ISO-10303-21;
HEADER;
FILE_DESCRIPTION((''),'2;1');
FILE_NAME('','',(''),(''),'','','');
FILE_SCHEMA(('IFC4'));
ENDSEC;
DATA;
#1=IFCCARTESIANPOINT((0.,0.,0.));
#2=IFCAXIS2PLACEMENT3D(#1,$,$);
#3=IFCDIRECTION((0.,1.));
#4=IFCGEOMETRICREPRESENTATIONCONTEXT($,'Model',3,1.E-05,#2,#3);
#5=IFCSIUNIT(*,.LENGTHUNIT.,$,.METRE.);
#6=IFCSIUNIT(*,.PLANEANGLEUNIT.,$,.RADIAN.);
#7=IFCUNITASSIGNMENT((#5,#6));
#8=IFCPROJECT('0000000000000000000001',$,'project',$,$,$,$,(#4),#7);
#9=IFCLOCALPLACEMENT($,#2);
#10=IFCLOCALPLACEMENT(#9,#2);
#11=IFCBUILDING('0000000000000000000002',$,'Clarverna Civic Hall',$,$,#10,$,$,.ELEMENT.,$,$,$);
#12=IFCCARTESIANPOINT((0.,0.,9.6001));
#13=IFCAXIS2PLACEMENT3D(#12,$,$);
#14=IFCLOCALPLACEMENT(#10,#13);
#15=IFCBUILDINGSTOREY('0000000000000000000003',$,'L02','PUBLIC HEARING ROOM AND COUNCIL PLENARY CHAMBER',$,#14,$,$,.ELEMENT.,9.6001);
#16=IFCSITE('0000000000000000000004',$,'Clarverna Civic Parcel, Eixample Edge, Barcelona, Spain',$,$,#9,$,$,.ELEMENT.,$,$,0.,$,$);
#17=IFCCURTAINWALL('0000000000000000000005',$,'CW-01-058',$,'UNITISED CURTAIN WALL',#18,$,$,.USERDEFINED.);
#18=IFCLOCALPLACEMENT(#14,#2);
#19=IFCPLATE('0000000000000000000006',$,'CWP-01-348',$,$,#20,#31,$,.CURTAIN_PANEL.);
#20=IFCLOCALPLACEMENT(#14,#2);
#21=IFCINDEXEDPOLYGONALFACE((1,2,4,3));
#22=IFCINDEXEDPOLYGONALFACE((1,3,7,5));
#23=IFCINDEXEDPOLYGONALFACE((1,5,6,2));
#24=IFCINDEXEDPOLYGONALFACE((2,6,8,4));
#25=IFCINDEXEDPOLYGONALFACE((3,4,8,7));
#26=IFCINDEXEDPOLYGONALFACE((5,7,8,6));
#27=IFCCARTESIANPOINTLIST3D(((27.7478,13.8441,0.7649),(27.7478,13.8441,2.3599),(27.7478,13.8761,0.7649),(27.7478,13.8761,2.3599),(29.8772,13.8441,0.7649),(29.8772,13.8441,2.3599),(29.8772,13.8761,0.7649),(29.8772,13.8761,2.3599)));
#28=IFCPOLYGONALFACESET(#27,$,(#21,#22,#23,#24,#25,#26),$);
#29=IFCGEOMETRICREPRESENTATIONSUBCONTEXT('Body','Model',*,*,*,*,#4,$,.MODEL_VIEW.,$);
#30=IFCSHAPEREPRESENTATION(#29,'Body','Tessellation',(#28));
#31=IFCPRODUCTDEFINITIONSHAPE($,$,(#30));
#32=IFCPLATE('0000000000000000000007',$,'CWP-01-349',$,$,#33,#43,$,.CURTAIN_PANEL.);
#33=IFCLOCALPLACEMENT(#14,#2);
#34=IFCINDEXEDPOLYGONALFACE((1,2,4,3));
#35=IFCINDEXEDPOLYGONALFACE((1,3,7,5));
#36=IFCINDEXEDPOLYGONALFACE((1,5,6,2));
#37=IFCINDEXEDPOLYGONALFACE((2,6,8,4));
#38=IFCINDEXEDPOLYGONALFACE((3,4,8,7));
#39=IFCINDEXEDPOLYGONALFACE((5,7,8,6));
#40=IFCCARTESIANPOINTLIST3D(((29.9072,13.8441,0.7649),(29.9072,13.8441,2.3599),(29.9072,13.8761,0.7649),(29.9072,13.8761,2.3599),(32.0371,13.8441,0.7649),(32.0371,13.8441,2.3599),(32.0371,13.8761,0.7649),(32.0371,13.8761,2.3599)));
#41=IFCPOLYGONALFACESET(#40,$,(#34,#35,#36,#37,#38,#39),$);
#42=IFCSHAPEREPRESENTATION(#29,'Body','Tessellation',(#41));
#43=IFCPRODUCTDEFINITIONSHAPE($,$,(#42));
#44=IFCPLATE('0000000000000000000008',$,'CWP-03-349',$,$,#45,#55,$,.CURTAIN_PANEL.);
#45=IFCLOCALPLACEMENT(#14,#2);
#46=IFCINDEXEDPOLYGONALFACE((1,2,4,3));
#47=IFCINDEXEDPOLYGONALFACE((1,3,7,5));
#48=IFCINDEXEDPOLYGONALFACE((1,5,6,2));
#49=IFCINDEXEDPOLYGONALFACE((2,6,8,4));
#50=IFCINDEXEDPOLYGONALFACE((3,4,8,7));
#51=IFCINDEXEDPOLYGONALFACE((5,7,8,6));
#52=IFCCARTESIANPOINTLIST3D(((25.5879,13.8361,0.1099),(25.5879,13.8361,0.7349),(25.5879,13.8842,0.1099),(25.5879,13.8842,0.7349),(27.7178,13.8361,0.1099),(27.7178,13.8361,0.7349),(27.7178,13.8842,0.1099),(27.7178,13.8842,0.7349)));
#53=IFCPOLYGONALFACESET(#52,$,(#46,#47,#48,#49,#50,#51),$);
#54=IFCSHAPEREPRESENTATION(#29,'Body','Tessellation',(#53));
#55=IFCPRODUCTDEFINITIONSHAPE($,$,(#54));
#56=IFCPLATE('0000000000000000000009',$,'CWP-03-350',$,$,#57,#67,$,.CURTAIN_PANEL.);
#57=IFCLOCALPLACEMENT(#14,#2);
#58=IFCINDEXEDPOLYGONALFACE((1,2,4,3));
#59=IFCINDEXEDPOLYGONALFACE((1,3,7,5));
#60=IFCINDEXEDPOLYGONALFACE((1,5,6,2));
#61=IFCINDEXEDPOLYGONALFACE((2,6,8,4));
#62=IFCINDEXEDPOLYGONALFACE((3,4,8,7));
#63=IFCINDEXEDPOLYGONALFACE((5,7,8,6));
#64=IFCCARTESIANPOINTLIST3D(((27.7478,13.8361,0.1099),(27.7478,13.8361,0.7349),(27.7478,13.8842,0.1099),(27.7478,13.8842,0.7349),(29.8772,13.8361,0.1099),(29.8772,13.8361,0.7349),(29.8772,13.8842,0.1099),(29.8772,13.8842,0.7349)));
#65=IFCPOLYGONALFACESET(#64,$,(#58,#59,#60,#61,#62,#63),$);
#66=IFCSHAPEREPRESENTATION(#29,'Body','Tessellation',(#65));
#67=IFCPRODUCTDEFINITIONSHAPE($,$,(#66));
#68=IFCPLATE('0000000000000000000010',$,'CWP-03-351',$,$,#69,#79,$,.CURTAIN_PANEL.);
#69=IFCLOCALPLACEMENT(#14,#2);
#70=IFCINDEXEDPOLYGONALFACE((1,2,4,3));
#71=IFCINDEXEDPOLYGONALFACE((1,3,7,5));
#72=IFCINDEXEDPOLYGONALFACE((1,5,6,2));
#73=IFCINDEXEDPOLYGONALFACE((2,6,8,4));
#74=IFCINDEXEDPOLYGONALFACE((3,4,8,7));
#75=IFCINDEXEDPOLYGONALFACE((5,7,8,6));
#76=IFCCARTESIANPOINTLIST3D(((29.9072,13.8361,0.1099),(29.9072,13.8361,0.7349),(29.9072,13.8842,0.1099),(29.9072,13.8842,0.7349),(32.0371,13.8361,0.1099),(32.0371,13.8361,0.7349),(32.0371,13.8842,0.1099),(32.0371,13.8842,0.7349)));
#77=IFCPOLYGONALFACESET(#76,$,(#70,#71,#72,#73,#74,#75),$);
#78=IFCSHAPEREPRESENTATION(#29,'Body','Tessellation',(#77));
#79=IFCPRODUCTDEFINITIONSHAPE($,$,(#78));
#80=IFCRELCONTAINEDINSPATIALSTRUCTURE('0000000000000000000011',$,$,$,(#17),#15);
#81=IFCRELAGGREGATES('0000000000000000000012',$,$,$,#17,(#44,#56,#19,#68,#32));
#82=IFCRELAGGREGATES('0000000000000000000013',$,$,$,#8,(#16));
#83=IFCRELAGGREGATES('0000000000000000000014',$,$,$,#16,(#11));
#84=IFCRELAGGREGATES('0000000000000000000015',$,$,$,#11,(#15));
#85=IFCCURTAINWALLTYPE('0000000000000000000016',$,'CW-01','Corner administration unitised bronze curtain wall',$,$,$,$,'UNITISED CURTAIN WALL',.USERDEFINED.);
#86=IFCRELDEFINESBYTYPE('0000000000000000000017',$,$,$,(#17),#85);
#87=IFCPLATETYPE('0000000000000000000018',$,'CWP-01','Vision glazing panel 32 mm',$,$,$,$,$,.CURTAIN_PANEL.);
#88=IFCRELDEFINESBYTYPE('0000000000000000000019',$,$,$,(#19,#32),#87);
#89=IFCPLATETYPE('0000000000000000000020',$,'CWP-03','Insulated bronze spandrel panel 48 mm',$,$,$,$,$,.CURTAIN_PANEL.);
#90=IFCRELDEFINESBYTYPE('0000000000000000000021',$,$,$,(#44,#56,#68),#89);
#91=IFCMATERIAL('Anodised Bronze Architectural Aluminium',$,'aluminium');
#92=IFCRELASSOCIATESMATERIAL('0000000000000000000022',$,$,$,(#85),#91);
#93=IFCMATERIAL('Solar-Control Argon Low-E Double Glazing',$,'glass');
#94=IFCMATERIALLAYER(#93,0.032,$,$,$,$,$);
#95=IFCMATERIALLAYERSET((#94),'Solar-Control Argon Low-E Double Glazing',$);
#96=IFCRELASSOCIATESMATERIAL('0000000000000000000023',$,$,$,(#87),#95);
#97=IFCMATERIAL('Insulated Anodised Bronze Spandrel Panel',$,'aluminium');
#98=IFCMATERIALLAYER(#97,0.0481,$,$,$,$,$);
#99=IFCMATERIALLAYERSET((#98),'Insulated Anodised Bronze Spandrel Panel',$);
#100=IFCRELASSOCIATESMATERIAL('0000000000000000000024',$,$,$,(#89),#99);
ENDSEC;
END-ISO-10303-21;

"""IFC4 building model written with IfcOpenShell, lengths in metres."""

from ifc_helpers import new_model, si_unit, direction, frame, frame_2d, origin, place, context, subcontext, project, spatial, rectangle, extrude, material, layer, layer_set, type_object, element, aggregate, save


model = new_model("IFC4")

# Units and contexts
model_context = context("Model", 3, precision=1e-05, world=origin(), true_north=direction((0.0, 1.0)))
body_context = subcontext(model_context, "Body", "Model", "MODEL_VIEW")
ifc_project = project(units=[si_unit("LENGTHUNIT", "METRE"), si_unit("PLANEANGLEUNIT", "RADIAN")], contexts=[model_context])

# Site, building, storey
site_placement = place(None, origin())
site = spatial("IfcSite", under=ifc_project, at=site_placement, Name="Clarverna Civic Parcel, Eixample Edge, Barcelona, Spain", CompositionType="ELEMENT", RefElevation=0.0)
building_placement = place(site_placement, origin())
building = spatial("IfcBuilding", under=site, at=building_placement, Name="Clarverna Civic Hall", CompositionType="ELEMENT")
storey_placement = place(building_placement, frame((0.0, 0.0, 9.6001)))
storey = spatial("IfcBuildingStorey", under=building, at=storey_placement, Name="L02", Description="PUBLIC HEARING ROOM AND COUNCIL PLENARY CHAMBER", CompositionType="ELEMENT", Elevation=9.6001)

# Curtain wall, plates
ifc_material_1 = material(Name="Anodised Bronze Architectural Aluminium", Category="aluminium")
curtain_wall_type = type_object("IfcCurtainWallType", Name="CW-01", Description="Corner administration unitised bronze curtain wall", ElementType="UNITISED CURTAIN WALL", PredefinedType="USERDEFINED", material=ifc_material_1)
curtain_wall_placement = place(storey_placement, origin())
curtain_wall = element("IfcCurtainWall", 1, at=curtain_wall_placement, inside=storey, type_object=curtain_wall_type, Name="CW-01-058", ObjectType="UNITISED CURTAIN WALL", PredefinedType="USERDEFINED")
ifc_material_2 = material(Name="Solar-Control Argon Low-E Double Glazing", Category="glass")
ifc_layer_1 = layer(ifc_material_2, 0.032)
ifc_layer_set_1 = layer_set([ifc_layer_1], Name="Solar-Control Argon Low-E Double Glazing")
plate_type_1 = type_object("IfcPlateType", Name="CWP-01", Description="Vision glazing panel 32 mm", PredefinedType="CURTAIN_PANEL", material=ifc_layer_set_1)
plate_1_placement = place(storey_placement, frame((27.7478, 13.8601, 0.7649), z_axis=(0.0, 0.0, 1.0), x_axis=(1.0, 0.0, 0.0)))
plate_1 = element("IfcPlate", 2, at=plate_1_placement, type_object=plate_type_1, Name="CWP-01-348", PredefinedType="CURTAIN_PANEL", context=body_context, shape_type="SweptSolid", body=[
    extrude(rectangle(XDim=2.1294, YDim=0.032, at=frame_2d((1.0647, 0.0))), origin(), (0.0, 0.0, 1.0), 1.595),
])
plate_2_placement = place(storey_placement, frame((29.9072, 13.8601, 0.7649), z_axis=(0.0, 0.0, 1.0), x_axis=(1.0, 0.0, 0.0)))
plate_2 = element("IfcPlate", 3, at=plate_2_placement, type_object=plate_type_1, Name="CWP-01-349", PredefinedType="CURTAIN_PANEL", context=body_context, shape_type="SweptSolid", body=[
    extrude(rectangle(XDim=2.1299, YDim=0.032, at=frame_2d((1.0649, 0.0))), origin(), (0.0, 0.0, 1.0), 1.595),
])
ifc_material_3 = material(Name="Insulated Anodised Bronze Spandrel Panel", Category="aluminium")
ifc_layer_2 = layer(ifc_material_3, 0.0481)
ifc_layer_set_2 = layer_set([ifc_layer_2], Name="Insulated Anodised Bronze Spandrel Panel")
plate_type_2 = type_object("IfcPlateType", Name="CWP-03", Description="Insulated bronze spandrel panel 48 mm", PredefinedType="CURTAIN_PANEL", material=ifc_layer_set_2)
plate_3_placement = place(storey_placement, frame((25.5879, 13.8601, 0.1099), z_axis=(0.0, 0.0, 1.0), x_axis=(1.0, 0.0, 0.0)))
plate_3 = element("IfcPlate", 4, at=plate_3_placement, type_object=plate_type_2, Name="CWP-03-349", PredefinedType="CURTAIN_PANEL", context=body_context, shape_type="SweptSolid", body=[
    extrude(rectangle(XDim=2.1299, YDim=0.0481, at=frame_2d((1.0649, 0.0))), origin(), (0.0, 0.0, 1.0), 0.625),
])
plate_4_placement = place(storey_placement, frame((27.7478, 13.8601, 0.1099), z_axis=(0.0, 0.0, 1.0), x_axis=(1.0, 0.0, 0.0)))
plate_4 = element("IfcPlate", 5, at=plate_4_placement, type_object=plate_type_2, Name="CWP-03-350", PredefinedType="CURTAIN_PANEL", context=body_context, shape_type="SweptSolid", body=[
    extrude(rectangle(XDim=2.1294, YDim=0.0481, at=frame_2d((1.0647, 0.0))), origin(), (0.0, 0.0, 1.0), 0.625),
])
plate_5_placement = place(storey_placement, frame((29.9072, 13.8601, 0.1099), z_axis=(0.0, 0.0, 1.0), x_axis=(1.0, 0.0, 0.0)))
plate_5 = element("IfcPlate", 6, at=plate_5_placement, type_object=plate_type_2, Name="CWP-03-351", PredefinedType="CURTAIN_PANEL", context=body_context, shape_type="SweptSolid", body=[
    extrude(rectangle(XDim=2.1299, YDim=0.0481, at=frame_2d((1.0649, 0.0))), origin(), (0.0, 0.0, 1.0), 0.625),
])
aggregate(curtain_wall, [plate_3, plate_4, plate_1, plate_5, plate_2])

save(model, "model.ifc")
